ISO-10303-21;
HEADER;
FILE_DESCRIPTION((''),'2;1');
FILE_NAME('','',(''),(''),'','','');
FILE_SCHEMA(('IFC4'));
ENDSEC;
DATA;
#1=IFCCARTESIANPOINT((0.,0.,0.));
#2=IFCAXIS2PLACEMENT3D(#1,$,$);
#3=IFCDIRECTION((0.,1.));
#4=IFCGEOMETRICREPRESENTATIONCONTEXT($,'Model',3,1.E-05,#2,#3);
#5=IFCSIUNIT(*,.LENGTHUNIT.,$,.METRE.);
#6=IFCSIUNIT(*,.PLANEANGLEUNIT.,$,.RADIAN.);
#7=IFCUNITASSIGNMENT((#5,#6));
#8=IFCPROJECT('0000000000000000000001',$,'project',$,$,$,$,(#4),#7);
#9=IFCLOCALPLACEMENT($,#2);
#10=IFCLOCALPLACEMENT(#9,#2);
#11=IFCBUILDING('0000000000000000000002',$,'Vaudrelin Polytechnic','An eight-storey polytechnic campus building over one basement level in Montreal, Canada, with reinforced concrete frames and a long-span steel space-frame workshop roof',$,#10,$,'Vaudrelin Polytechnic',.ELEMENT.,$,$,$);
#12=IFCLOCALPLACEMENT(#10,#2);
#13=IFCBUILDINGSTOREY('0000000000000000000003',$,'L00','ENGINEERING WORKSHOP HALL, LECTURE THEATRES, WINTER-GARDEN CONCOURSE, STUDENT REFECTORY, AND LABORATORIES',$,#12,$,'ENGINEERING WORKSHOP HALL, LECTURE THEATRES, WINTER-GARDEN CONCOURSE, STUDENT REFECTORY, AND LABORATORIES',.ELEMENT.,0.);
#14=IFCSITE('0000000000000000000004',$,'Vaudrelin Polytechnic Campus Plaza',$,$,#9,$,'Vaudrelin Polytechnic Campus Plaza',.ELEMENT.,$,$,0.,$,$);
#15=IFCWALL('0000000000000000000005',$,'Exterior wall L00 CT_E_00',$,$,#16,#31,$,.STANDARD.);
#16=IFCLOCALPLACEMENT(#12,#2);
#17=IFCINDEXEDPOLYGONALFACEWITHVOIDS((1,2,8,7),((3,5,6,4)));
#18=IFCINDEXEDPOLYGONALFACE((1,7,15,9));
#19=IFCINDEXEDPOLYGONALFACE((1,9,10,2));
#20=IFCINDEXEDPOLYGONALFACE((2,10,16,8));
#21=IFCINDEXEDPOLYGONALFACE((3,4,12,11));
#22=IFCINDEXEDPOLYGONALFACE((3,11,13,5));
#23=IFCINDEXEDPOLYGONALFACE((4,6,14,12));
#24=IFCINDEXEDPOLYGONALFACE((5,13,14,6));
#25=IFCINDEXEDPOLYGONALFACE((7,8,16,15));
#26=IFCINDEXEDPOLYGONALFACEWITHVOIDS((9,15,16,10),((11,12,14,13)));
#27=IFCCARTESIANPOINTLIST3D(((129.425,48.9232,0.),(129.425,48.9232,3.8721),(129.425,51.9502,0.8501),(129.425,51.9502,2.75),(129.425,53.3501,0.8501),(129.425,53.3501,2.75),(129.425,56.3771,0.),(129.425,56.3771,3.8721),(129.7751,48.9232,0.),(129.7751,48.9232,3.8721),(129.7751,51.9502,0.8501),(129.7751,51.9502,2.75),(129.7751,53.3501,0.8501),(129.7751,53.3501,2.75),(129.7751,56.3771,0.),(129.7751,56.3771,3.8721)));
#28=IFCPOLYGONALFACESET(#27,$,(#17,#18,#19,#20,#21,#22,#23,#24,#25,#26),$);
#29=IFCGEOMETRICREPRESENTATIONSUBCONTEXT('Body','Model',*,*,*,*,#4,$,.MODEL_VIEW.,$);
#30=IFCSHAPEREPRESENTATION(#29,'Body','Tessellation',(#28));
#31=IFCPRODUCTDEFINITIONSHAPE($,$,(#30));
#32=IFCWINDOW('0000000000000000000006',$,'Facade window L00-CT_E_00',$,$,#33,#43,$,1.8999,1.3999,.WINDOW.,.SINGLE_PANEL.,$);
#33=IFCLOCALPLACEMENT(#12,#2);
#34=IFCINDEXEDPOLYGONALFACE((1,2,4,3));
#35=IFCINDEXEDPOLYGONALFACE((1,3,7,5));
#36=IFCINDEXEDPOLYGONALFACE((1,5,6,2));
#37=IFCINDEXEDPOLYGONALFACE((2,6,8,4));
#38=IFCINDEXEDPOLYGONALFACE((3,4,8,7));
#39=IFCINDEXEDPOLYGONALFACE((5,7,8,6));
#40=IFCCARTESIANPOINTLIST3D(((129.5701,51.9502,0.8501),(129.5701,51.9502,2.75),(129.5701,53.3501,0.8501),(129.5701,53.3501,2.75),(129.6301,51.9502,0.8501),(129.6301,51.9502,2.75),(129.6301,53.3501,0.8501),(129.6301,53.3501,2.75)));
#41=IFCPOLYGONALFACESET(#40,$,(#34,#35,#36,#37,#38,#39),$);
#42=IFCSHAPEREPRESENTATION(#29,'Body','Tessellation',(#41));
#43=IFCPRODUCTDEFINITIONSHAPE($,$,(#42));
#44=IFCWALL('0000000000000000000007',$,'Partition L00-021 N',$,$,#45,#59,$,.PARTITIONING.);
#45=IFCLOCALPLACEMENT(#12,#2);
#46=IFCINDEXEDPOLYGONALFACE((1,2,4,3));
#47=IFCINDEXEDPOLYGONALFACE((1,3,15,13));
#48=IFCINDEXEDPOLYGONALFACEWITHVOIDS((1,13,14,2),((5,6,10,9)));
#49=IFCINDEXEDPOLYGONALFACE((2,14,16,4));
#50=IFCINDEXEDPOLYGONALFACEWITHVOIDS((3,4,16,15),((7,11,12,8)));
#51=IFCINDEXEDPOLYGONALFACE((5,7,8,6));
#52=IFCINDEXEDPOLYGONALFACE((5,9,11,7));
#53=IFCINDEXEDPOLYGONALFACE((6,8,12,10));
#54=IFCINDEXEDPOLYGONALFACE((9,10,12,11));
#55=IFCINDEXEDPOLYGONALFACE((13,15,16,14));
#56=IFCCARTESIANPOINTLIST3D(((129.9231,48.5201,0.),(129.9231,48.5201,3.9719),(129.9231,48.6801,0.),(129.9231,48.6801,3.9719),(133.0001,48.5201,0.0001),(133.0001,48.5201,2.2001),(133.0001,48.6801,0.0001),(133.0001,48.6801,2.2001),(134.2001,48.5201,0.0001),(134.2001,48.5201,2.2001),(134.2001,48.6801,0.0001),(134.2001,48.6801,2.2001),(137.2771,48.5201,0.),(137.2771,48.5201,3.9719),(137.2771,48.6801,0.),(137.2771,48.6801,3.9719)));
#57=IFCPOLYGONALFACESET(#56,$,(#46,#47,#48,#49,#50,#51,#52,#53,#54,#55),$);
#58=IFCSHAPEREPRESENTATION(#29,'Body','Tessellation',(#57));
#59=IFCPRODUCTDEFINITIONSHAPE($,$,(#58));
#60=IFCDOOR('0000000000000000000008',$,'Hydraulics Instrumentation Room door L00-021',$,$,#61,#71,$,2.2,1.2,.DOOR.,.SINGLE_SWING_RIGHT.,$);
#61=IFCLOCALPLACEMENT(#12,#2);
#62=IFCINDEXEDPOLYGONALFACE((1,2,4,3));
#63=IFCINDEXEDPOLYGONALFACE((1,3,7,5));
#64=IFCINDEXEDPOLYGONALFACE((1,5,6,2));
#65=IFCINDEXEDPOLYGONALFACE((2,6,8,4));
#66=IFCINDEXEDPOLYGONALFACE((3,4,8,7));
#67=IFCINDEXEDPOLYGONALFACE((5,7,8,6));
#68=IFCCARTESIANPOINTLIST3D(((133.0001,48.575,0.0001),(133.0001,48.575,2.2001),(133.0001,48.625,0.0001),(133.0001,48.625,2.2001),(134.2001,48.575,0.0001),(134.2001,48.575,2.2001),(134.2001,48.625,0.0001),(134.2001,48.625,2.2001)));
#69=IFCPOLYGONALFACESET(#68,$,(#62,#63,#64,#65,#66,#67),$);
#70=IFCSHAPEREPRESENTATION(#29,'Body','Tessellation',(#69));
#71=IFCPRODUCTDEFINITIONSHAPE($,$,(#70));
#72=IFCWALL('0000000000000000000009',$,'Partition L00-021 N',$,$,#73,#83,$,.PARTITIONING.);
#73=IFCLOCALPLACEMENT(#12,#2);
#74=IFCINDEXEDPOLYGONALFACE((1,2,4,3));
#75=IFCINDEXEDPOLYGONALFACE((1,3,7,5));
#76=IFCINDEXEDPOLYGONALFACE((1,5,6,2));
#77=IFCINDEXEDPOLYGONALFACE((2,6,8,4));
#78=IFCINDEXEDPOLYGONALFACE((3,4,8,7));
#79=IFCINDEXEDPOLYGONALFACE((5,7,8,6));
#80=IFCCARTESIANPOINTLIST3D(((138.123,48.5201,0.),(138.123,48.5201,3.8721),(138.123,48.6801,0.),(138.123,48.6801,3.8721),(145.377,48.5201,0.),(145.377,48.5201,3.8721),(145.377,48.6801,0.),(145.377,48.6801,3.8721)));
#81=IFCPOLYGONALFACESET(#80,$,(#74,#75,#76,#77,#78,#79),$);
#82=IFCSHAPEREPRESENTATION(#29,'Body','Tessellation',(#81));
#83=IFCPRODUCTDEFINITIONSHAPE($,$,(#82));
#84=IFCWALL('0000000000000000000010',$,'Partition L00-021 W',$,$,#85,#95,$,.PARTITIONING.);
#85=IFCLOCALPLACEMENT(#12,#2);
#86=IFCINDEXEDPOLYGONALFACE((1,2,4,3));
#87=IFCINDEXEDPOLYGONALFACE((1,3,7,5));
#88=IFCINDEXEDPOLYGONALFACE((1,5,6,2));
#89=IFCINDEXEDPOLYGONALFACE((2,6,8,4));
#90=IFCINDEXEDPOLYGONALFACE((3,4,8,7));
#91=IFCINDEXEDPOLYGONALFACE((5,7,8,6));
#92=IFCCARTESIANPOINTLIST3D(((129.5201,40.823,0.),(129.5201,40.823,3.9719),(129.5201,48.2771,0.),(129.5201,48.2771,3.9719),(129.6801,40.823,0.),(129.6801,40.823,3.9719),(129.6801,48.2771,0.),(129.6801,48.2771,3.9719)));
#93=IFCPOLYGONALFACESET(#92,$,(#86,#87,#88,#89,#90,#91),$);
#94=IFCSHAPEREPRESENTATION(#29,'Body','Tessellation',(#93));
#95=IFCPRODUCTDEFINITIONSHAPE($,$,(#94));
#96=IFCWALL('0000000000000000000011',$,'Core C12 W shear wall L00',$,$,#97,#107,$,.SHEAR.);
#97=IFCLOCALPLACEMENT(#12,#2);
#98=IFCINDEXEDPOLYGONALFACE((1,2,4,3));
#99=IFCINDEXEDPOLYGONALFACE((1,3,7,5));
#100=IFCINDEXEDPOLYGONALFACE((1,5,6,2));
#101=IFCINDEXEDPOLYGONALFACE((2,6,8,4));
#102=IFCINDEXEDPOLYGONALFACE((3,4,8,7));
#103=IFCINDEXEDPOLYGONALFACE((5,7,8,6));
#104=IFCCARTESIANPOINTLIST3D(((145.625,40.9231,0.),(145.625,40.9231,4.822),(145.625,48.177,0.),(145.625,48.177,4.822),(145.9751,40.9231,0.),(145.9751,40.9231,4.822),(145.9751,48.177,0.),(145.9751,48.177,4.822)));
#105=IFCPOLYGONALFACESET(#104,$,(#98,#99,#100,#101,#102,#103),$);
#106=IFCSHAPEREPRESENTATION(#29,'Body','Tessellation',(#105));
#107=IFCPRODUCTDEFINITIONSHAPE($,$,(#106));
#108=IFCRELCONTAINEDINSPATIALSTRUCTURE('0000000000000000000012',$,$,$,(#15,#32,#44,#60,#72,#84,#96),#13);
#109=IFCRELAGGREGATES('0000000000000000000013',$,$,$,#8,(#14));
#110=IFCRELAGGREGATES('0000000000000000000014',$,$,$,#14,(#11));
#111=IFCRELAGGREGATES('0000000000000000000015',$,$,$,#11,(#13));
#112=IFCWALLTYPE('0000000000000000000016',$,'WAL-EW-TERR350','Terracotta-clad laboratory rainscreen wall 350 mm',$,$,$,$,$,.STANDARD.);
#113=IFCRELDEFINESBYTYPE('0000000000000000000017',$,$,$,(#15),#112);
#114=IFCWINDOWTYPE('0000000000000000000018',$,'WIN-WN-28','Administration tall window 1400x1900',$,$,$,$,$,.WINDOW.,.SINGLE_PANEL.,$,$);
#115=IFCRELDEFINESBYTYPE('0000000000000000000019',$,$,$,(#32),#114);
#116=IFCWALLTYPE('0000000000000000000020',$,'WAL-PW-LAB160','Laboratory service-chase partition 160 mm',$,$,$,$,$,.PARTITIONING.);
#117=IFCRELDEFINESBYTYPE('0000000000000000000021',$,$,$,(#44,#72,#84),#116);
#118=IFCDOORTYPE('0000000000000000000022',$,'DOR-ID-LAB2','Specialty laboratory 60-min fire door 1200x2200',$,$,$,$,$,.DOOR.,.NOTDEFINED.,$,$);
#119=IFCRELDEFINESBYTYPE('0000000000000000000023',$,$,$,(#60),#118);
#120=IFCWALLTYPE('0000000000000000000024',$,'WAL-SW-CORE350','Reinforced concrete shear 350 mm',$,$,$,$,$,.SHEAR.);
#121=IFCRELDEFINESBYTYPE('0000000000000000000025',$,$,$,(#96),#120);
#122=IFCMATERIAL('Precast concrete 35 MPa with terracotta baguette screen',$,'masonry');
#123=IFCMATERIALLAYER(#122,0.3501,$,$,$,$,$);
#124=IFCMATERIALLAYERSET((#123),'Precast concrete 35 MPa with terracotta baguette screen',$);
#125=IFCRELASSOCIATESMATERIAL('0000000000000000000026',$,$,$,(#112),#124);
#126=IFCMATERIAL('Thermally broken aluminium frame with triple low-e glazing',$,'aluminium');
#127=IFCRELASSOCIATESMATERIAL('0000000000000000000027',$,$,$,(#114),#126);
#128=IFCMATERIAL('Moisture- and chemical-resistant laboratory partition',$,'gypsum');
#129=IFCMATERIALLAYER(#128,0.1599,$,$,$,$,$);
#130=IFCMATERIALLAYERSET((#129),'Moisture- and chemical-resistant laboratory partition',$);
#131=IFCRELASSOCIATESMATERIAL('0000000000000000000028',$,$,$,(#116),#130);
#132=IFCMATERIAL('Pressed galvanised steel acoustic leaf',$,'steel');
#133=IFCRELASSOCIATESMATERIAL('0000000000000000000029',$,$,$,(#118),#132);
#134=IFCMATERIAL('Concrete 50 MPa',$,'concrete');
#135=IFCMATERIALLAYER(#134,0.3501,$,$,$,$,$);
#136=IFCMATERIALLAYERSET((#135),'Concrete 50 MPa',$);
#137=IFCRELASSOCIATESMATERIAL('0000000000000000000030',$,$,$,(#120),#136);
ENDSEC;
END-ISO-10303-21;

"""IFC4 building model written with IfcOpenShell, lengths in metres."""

from ifc_helpers import new_model, si_unit, direction, frame, frame_2d, origin, place, context, subcontext, project, spatial, rectangle, extrude, material, layer, layer_set, type_object, element, fill, save


model = new_model("IFC4")

# Units and contexts
model_context = context("Model", 3, precision=1e-05, world=origin(), true_north=direction((0.0, 1.0)))
body_context = subcontext(model_context, "Body", "Model", "MODEL_VIEW")
ifc_project = project(units=[si_unit("LENGTHUNIT", "METRE"), si_unit("PLANEANGLEUNIT", "RADIAN")], contexts=[model_context])

# Site, building, storey
site_placement = place(None, origin())
site = spatial("IfcSite", under=ifc_project, at=site_placement, Name="Vaudrelin Polytechnic Campus Plaza", LongName="Vaudrelin Polytechnic Campus Plaza", CompositionType="ELEMENT", RefElevation=0.0)
building_placement = place(site_placement, origin())
building = spatial("IfcBuilding", under=site, at=building_placement, Name="Vaudrelin Polytechnic", Description="An eight-storey polytechnic campus building over one basement level in Montreal, Canada, with reinforced concrete frames and a long-span steel space-frame workshop roof", LongName="Vaudrelin Polytechnic", CompositionType="ELEMENT")
storey_placement = place(building_placement, origin())
storey = spatial("IfcBuildingStorey", under=building, at=storey_placement, Name="L00", Description="ENGINEERING WORKSHOP HALL, LECTURE THEATRES, WINTER-GARDEN CONCOURSE, STUDENT REFECTORY, AND LABORATORIES", LongName="ENGINEERING WORKSHOP HALL, LECTURE THEATRES, WINTER-GARDEN CONCOURSE, STUDENT REFECTORY, AND LABORATORIES", CompositionType="ELEMENT", Elevation=0.0)

# Shared definitions
ifc_material_1 = material(Name="Concrete 50 MPa", Category="concrete")

# Wall, opening, window
ifc_material_2 = material(Name="Precast concrete 35 MPa with terracotta baguette screen", Category="masonry")
ifc_layer_1 = layer(ifc_material_2, 0.3501)
ifc_layer_set_1 = layer_set([ifc_layer_1], Name="Precast concrete 35 MPa with terracotta baguette screen")
wall_type_1 = type_object("IfcWallType", Name="WAL-EW-TERR350", Description="Terracotta-clad laboratory rainscreen wall 350 mm", PredefinedType="STANDARD", material=ifc_layer_set_1)
wall_1_placement = place(storey_placement, frame((129.6001, 48.9231, 0.0), z_axis=(0.0, 0.0, 1.0), x_axis=(0.0, 1.0, 0.0)))
wall_1 = element("IfcWall", 1, at=wall_1_placement, inside=storey, type_object=wall_type_1, Name="Exterior wall L00 CT_E_00", PredefinedType="STANDARD", context=body_context, shape_type="SweptSolid", body=[
    extrude(rectangle(XDim=7.4539, YDim=0.3501, at=frame_2d((3.7271, 0.0))), origin(), (0.0, 0.0, 1.0), 3.8721),
])
opening_1_placement = place(wall_1_placement, frame((3.0271, 0.0, 0.8501)))
opening_1 = element("IfcOpeningElement", 2, at=opening_1_placement, cuts=wall_1, PredefinedType="OPENING", context=body_context, shape_type="SweptSolid", body=[
    extrude(rectangle(XDim=1.3999, YDim=1.8999, at=frame_2d((0.7, 0.95))), frame((0.0, 0.1851, 0.0), z_axis=(0.0, -1.0, 0.0), x_axis=(1.0, 0.0, 0.0)), (0.0, 0.0, 1.0), 0.3701),
])
ifc_material_3 = material(Name="Thermally broken aluminium frame with triple low-e glazing", Category="aluminium")
window_type = type_object("IfcWindowType", Name="WIN-WN-28", Description="Administration tall window 1400x1900", PartitioningType="SINGLE_PANEL", PredefinedType="WINDOW", material=ifc_material_3)
window_placement = place(opening_1_placement, origin())
window = element("IfcWindow", 3, at=window_placement, inside=storey, type_object=window_type, Name="Facade window L00-CT_E_00", OverallHeight=1.8999, OverallWidth=1.3999, PartitioningType="SINGLE_PANEL", PredefinedType="WINDOW", context=body_context, shape_type="SweptSolid", body=[
    extrude(rectangle(XDim=1.3999, YDim=1.8999, at=frame_2d((0.7, 0.95))), frame((0.0, 0.03, 0.0), z_axis=(0.0, -1.0, 0.0), x_axis=(1.0, 0.0, 0.0)), (0.0, 0.0, 1.0), 0.0601),
])
fill(opening_1, window)

# Wall, opening, door
ifc_material_4 = material(Name="Moisture- and chemical-resistant laboratory partition", Category="gypsum")
ifc_layer_2 = layer(ifc_material_4, 0.1599)
ifc_layer_set_2 = layer_set([ifc_layer_2], Name="Moisture- and chemical-resistant laboratory partition")
wall_type_2 = type_object("IfcWallType", Name="WAL-PW-LAB160", Description="Laboratory service-chase partition 160 mm", PredefinedType="PARTITIONING", material=ifc_layer_set_2)
wall_2_placement = place(storey_placement, frame((129.9231, 48.6001, 0.0), z_axis=(0.0, 0.0, 1.0), x_axis=(1.0, 0.0, 0.0)))
wall_2 = element("IfcWall", 4, at=wall_2_placement, inside=storey, type_object=wall_type_2, Name="Partition L00-021 N", PredefinedType="PARTITIONING", context=body_context, shape_type="SweptSolid", body=[
    extrude(rectangle(XDim=7.354, YDim=0.1599, at=frame_2d((3.677, 0.0))), origin(), (0.0, 0.0, 1.0), 3.9719),
])
opening_2_placement = place(wall_2_placement, frame((3.0769, 0.0, 0.0)))
opening_2 = element("IfcOpeningElement", 5, at=opening_2_placement, cuts=wall_2, PredefinedType="OPENING", context=body_context, shape_type="SweptSolid", body=[
    extrude(rectangle(XDim=1.2, YDim=2.2, at=frame_2d((0.6001, 1.1001))), frame((0.0, 0.0898, 0.0), z_axis=(0.0, -1.0, 0.0), x_axis=(1.0, 0.0, 0.0)), (0.0, 0.0, 1.0), 0.1799),
])
ifc_material_5 = material(Name="Pressed galvanised steel acoustic leaf", Category="steel")
door_type = type_object("IfcDoorType", Name="DOR-ID-LAB2", Description="Specialty laboratory 60-min fire door 1200x2200", OperationType="NOTDEFINED", PredefinedType="DOOR", material=ifc_material_5)
door_placement = place(opening_2_placement, origin())
door = element("IfcDoor", 6, at=door_placement, inside=storey, type_object=door_type, Name="Hydraulics Instrumentation Room door L00-021", OperationType="SINGLE_SWING_RIGHT", OverallHeight=2.2, OverallWidth=1.2, PredefinedType="DOOR", context=body_context, shape_type="SweptSolid", body=[
    extrude(rectangle(XDim=1.2, YDim=2.2, at=frame_2d((0.6001, 1.1001))), frame((0.0, 0.0249, 0.0), z_axis=(0.0, -1.0, 0.0), x_axis=(1.0, 0.0, 0.0)), (0.0, 0.0, 1.0), 0.05),
])
fill(opening_2, door)

# Walls
wall_3_placement = place(storey_placement, frame((138.123, 48.6001, 0.0), z_axis=(0.0, 0.0, 1.0), x_axis=(1.0, 0.0, 0.0)))
element("IfcWall", 7, at=wall_3_placement, inside=storey, type_object=wall_type_2, Name="Partition L00-021 N", PredefinedType="PARTITIONING", context=body_context, shape_type="SweptSolid", body=[
    extrude(rectangle(XDim=7.2539, YDim=0.1599, at=frame_2d((3.627, 0.0))), origin(), (0.0, 0.0, 1.0), 3.8721),
])
wall_4_placement = place(storey_placement, frame((129.6001, 40.823, 0.0), z_axis=(0.0, 0.0, 1.0), x_axis=(0.0, 1.0, 0.0)))
element("IfcWall", 8, at=wall_4_placement, inside=storey, type_object=wall_type_2, Name="Partition L00-021 W", PredefinedType="PARTITIONING", context=body_context, shape_type="SweptSolid", body=[
    extrude(rectangle(XDim=7.4541, YDim=0.1599, at=frame_2d((3.7271, 0.0))), origin(), (0.0, 0.0, 1.0), 3.9719),
])
ifc_layer_3 = layer(ifc_material_1, 0.3501)
ifc_layer_set_3 = layer_set([ifc_layer_3], Name="Concrete 50 MPa")
wall_type_3 = type_object("IfcWallType", Name="WAL-SW-CORE350", Description="Reinforced concrete shear 350 mm", PredefinedType="SHEAR", material=ifc_layer_set_3)
wall_5_placement = place(storey_placement, frame((145.8, 40.9231, 0.0), z_axis=(0.0, 0.0, 1.0), x_axis=(0.0, 1.0, 0.0)))
element("IfcWall", 9, at=wall_5_placement, inside=storey, type_object=wall_type_3, Name="Core C12 W shear wall L00", PredefinedType="SHEAR", context=body_context, shape_type="SweptSolid", body=[
    extrude(rectangle(XDim=7.2539, YDim=0.3501, at=frame_2d((3.627, 0.0))), origin(), (0.0, 0.0, 1.0), 4.822),
])

save(model, "model.ifc")
